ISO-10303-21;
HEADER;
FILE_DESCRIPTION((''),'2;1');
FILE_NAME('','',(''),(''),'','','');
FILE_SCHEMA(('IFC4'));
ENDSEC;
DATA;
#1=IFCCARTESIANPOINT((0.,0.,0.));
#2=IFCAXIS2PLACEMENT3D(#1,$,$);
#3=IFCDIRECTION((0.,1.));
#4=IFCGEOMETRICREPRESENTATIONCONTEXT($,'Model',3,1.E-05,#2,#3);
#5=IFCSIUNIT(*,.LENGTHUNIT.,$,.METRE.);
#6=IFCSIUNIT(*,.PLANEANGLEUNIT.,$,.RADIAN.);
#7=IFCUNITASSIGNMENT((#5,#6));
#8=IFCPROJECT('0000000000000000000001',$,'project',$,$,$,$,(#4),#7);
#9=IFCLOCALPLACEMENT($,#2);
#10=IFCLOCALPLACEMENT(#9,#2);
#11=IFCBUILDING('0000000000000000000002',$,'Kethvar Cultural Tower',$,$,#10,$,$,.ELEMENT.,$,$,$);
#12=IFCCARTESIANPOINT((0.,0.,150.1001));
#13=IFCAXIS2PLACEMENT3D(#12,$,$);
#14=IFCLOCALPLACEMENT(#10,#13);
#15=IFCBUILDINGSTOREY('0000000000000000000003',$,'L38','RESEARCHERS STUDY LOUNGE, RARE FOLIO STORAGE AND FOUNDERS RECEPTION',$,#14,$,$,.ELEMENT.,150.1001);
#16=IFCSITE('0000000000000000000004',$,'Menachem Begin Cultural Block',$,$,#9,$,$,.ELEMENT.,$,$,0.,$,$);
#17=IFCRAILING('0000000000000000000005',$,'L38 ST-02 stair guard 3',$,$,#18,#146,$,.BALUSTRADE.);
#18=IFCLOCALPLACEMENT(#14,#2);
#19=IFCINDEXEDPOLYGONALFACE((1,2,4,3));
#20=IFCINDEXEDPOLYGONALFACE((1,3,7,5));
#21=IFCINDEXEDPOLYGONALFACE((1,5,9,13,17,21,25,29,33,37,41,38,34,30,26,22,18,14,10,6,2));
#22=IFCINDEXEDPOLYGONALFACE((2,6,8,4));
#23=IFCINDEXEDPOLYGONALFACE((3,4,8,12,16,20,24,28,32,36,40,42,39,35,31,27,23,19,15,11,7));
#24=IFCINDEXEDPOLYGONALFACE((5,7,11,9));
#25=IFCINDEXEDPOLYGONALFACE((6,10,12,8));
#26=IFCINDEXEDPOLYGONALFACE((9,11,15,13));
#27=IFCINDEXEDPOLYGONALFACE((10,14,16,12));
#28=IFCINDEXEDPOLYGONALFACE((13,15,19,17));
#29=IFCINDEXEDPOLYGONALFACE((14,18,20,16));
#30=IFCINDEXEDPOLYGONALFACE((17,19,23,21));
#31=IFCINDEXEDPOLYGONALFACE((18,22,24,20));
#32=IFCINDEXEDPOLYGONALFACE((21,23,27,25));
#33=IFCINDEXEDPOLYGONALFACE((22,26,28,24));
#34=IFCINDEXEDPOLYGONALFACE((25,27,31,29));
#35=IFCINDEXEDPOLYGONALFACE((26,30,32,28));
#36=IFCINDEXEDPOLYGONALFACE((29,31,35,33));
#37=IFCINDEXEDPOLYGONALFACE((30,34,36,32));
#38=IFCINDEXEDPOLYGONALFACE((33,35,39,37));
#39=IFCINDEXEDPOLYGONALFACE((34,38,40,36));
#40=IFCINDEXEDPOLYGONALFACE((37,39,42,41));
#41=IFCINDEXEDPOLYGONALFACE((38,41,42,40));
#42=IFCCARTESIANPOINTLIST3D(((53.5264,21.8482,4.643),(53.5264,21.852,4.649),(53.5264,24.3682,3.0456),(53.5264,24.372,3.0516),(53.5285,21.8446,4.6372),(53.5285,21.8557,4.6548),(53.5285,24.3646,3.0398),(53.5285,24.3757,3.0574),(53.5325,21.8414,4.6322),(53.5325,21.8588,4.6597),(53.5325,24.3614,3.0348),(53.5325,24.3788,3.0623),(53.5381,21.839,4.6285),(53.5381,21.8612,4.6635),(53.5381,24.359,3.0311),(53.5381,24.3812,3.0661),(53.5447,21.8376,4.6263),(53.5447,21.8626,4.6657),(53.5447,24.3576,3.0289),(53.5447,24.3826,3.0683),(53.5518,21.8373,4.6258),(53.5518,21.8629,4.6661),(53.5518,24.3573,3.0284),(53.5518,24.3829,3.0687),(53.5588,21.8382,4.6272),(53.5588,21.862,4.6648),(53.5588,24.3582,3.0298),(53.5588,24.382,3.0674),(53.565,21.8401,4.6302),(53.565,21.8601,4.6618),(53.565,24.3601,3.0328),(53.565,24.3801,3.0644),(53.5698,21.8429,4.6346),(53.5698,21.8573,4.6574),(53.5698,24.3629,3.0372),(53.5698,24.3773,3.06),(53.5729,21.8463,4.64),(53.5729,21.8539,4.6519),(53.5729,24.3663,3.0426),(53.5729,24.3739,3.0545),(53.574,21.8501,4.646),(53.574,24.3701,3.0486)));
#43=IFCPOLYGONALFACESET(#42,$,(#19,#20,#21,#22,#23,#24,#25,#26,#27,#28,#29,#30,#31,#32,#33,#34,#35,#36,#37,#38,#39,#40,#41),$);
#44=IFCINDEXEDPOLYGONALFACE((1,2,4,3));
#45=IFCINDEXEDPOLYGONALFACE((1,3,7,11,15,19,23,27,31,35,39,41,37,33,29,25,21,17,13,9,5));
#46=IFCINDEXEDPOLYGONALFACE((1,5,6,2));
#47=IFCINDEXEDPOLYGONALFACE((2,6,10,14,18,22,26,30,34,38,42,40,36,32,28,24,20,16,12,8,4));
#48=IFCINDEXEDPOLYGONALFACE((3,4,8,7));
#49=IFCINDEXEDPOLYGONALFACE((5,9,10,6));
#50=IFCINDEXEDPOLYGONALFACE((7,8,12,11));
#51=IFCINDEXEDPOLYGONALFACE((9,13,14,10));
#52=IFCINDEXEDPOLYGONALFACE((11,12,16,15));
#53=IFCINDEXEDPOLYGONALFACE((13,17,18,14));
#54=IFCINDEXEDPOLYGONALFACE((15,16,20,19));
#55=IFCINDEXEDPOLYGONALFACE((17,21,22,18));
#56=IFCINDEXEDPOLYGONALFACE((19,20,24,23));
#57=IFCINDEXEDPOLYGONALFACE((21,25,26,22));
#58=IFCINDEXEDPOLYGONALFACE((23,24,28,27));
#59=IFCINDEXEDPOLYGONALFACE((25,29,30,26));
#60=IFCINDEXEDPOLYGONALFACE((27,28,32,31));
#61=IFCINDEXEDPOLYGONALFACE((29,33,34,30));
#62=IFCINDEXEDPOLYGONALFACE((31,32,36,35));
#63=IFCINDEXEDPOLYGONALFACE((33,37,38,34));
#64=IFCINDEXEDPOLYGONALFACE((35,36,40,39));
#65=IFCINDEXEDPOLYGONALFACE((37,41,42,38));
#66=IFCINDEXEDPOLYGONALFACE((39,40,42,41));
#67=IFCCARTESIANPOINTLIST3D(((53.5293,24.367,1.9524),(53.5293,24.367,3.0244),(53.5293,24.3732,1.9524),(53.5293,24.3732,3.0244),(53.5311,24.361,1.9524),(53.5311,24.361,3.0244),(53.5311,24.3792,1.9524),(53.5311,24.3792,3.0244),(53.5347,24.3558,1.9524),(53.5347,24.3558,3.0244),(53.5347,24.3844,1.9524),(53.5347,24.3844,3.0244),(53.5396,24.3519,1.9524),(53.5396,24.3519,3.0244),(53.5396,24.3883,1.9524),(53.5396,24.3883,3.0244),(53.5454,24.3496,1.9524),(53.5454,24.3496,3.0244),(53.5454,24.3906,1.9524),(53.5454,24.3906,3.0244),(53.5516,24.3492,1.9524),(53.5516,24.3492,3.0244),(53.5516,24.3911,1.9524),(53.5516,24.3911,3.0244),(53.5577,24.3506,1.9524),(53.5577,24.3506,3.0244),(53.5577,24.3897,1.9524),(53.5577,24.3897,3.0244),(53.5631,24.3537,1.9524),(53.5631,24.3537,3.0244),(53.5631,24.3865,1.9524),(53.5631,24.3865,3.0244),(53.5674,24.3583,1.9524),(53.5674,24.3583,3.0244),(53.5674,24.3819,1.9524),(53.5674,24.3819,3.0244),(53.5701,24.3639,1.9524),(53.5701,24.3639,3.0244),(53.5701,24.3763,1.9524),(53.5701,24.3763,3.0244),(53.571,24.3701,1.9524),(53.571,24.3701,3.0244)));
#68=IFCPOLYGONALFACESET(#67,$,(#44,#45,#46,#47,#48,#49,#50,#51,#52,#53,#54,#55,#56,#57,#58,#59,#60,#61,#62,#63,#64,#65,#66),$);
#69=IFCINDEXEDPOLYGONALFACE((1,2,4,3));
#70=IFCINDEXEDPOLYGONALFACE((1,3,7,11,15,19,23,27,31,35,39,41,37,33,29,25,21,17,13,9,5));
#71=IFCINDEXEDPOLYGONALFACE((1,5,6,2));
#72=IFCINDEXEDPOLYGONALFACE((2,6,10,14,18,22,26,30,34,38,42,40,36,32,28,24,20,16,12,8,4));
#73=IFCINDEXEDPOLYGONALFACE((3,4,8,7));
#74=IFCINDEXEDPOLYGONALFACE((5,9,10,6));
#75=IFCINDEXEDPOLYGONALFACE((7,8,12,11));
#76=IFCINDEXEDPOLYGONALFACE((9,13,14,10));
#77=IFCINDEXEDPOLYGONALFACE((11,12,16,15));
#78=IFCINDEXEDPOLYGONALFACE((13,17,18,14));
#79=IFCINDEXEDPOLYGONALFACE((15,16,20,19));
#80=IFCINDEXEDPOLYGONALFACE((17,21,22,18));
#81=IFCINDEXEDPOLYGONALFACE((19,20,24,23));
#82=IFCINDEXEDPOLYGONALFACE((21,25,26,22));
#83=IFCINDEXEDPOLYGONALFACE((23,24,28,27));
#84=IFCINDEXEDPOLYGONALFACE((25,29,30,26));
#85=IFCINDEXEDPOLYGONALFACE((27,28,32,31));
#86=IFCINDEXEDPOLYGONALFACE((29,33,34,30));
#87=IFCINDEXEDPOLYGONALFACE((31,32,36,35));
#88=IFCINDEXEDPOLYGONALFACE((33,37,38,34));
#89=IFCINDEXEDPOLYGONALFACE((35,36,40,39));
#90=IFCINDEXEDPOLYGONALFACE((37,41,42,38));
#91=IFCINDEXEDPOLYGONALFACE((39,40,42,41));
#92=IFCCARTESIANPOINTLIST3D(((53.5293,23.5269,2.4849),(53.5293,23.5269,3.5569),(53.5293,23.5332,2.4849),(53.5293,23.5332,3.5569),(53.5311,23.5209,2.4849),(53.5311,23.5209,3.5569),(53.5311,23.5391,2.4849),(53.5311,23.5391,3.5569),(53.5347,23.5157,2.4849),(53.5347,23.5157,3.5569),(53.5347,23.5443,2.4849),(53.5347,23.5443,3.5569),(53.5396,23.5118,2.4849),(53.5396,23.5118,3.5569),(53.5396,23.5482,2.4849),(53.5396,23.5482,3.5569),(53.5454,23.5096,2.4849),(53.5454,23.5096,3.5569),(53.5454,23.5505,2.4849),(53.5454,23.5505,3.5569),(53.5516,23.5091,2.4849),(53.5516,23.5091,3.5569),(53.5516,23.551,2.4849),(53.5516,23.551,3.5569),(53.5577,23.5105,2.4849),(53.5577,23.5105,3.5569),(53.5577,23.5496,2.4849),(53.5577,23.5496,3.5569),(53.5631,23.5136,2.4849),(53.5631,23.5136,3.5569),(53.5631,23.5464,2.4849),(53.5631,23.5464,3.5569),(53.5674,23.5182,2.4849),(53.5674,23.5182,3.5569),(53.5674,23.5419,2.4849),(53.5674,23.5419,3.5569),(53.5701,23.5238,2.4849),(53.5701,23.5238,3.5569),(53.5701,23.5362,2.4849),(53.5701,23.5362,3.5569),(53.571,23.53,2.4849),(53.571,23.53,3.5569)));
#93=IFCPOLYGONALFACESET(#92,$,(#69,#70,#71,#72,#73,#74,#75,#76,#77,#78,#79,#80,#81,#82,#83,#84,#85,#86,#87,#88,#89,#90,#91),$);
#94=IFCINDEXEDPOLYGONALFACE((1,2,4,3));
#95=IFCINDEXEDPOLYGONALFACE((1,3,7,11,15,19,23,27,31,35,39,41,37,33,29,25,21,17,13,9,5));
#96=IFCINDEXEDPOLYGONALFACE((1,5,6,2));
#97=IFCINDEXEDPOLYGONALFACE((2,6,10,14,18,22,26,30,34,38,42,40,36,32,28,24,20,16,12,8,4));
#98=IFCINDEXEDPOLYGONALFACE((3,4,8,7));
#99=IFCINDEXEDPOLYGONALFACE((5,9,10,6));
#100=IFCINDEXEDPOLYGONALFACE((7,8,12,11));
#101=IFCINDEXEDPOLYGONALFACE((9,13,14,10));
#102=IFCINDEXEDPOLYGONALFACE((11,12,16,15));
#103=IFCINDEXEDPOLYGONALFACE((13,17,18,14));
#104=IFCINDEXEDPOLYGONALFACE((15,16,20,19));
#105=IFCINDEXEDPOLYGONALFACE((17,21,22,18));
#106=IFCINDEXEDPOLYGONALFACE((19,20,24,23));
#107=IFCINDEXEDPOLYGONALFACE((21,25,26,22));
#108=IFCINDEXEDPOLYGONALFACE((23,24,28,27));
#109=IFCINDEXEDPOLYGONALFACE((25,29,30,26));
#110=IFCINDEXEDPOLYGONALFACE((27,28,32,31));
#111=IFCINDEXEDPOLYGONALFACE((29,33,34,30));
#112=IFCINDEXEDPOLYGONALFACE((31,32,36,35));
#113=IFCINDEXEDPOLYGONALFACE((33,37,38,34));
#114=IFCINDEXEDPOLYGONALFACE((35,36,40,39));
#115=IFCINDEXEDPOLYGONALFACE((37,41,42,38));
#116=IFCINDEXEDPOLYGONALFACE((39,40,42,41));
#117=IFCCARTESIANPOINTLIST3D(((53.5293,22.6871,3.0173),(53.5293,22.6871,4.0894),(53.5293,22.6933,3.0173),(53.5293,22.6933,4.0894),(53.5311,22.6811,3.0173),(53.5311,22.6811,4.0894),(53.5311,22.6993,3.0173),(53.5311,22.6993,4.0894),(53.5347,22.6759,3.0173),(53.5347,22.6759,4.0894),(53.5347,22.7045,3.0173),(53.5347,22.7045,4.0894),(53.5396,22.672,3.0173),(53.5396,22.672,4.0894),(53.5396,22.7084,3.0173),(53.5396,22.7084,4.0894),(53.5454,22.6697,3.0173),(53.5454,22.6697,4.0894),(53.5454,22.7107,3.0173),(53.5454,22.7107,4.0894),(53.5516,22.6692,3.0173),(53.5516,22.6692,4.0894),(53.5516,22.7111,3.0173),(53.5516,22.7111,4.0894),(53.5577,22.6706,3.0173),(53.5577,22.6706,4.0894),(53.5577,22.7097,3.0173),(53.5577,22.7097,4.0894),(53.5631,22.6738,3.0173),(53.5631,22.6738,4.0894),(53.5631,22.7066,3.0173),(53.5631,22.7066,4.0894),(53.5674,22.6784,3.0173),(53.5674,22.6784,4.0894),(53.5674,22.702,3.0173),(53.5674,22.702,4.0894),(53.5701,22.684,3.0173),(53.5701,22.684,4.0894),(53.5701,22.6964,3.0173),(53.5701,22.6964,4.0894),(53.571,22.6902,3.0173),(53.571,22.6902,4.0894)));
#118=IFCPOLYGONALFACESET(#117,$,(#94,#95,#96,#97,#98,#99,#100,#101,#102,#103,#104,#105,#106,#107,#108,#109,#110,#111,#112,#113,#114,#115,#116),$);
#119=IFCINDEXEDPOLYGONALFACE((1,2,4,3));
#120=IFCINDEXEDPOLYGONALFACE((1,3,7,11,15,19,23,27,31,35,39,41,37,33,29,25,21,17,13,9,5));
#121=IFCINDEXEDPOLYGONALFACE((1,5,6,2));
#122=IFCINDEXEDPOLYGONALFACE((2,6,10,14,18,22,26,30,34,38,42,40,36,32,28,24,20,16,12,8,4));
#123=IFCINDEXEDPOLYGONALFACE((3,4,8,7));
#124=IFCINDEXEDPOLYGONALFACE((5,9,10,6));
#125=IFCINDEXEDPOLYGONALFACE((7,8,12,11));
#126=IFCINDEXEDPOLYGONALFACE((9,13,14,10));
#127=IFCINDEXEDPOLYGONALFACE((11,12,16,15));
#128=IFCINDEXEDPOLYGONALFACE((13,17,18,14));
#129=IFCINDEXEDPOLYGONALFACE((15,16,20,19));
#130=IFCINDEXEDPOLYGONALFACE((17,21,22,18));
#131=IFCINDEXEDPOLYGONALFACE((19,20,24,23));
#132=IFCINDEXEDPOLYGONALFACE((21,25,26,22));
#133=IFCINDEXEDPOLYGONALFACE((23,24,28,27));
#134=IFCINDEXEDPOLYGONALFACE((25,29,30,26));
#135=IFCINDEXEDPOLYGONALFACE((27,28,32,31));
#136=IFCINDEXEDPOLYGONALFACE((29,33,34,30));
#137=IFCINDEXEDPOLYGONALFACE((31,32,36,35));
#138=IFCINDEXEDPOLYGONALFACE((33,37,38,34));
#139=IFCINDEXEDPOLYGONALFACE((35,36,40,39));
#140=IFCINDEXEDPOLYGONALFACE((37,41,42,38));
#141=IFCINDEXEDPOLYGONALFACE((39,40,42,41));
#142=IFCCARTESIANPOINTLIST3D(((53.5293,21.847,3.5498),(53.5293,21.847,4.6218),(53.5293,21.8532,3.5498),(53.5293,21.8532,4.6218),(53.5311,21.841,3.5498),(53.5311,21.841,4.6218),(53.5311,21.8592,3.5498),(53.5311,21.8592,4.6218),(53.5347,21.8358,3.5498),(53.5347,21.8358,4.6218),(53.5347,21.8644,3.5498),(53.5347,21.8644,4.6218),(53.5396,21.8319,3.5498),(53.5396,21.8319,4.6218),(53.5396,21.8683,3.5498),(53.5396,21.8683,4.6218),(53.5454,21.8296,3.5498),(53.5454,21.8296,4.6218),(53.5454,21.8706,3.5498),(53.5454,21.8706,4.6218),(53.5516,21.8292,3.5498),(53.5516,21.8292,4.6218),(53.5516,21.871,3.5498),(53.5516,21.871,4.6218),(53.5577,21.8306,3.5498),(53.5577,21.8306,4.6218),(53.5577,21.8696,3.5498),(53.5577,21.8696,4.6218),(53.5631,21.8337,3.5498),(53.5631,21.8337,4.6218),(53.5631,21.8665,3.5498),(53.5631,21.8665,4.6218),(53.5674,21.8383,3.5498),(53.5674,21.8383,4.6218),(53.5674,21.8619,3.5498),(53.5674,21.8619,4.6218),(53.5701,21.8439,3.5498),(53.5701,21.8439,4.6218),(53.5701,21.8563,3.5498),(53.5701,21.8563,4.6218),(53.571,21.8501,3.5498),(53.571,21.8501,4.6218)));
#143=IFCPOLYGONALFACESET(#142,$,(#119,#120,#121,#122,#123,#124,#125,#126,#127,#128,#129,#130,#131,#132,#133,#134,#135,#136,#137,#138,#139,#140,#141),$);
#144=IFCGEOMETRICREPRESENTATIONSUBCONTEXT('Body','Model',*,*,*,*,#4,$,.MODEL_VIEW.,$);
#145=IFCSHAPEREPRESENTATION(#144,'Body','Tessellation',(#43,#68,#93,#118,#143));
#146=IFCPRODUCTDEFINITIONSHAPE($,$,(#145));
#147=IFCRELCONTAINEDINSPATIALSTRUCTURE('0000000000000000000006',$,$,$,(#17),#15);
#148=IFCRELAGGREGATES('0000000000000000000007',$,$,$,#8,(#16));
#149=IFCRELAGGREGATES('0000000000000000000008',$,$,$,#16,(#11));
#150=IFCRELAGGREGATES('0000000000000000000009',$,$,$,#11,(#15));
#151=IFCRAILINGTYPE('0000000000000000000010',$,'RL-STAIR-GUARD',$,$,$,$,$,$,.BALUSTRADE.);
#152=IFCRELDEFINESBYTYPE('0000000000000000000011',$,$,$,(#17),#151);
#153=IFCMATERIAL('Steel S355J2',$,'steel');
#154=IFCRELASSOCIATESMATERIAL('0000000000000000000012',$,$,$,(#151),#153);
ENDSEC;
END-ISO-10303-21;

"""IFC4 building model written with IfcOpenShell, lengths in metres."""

from ifc_helpers import new_model, si_unit, direction, frame, origin, origin_2d, place, context, subcontext, project, spatial, circle, extrude, material, type_object, element, save


model = new_model("IFC4")

# Units and contexts
model_context = context("Model", 3, precision=1e-05, world=origin(), true_north=direction((0.0, 1.0)))
body_context = subcontext(model_context, "Body", "Model", "MODEL_VIEW")
ifc_project = project(units=[si_unit("LENGTHUNIT", "METRE"), si_unit("PLANEANGLEUNIT", "RADIAN")], contexts=[model_context])

# Site, building, storey
site_placement = place(None, origin())
site = spatial("IfcSite", under=ifc_project, at=site_placement, Name="Menachem Begin Cultural Block", CompositionType="ELEMENT", RefElevation=0.0)
building_placement = place(site_placement, origin())
building = spatial("IfcBuilding", under=site, at=building_placement, Name="Kethvar Cultural Tower", CompositionType="ELEMENT")
storey_placement = place(building_placement, frame((0.0, 0.0, 150.1001)))
storey = spatial("IfcBuildingStorey", under=building, at=storey_placement, Name="L38", Description="RESEARCHERS STUDY LOUNGE, RARE FOLIO STORAGE AND FOUNDERS RECEPTION", CompositionType="ELEMENT", Elevation=150.1001)

# Shared definitions
ifc_material_1 = material(Name="Steel S355J2", Category="steel")

# Railing
railing_type_1 = type_object("IfcRailingType", Name="RL-STAIR-GUARD", PredefinedType="BALUSTRADE", material=ifc_material_1)
railing_1_placement = place(storey_placement, frame((53.55, 24.3701, 1.9524)))
element("IfcRailing", 1, at=railing_1_placement, inside=storey, type_object=railing_type_1, Name="L38 ST-02 stair guard 3", PredefinedType="BALUSTRADE", context=body_context, shape_type="SweptSolid", body=[
    extrude(circle(Radius=0.0239, at=origin_2d()), frame((0.0, 0.0, 1.0962), z_axis=(0.0, -0.844607, 0.535387), x_axis=(1.0, 0.0, 0.0)), (0.0, 0.0, 1.0), 2.9836),
    extrude(circle(Radius=0.021, at=origin_2d()), origin(), (0.0, 0.0, 1.0), 1.072),
    extrude(circle(Radius=0.021, at=origin_2d()), frame((0.0, -0.8401, 0.5325)), (0.0, 0.0, 1.0), 1.072),
    extrude(circle(Radius=0.021, at=origin_2d()), frame((0.0, -1.6799, 1.0649)), (0.0, 0.0, 1.0), 1.072),
    extrude(circle(Radius=0.021, at=origin_2d()), frame((0.0, -2.52, 1.5974)), (0.0, 0.0, 1.0), 1.072),
])

save(model, "model.ifc")
